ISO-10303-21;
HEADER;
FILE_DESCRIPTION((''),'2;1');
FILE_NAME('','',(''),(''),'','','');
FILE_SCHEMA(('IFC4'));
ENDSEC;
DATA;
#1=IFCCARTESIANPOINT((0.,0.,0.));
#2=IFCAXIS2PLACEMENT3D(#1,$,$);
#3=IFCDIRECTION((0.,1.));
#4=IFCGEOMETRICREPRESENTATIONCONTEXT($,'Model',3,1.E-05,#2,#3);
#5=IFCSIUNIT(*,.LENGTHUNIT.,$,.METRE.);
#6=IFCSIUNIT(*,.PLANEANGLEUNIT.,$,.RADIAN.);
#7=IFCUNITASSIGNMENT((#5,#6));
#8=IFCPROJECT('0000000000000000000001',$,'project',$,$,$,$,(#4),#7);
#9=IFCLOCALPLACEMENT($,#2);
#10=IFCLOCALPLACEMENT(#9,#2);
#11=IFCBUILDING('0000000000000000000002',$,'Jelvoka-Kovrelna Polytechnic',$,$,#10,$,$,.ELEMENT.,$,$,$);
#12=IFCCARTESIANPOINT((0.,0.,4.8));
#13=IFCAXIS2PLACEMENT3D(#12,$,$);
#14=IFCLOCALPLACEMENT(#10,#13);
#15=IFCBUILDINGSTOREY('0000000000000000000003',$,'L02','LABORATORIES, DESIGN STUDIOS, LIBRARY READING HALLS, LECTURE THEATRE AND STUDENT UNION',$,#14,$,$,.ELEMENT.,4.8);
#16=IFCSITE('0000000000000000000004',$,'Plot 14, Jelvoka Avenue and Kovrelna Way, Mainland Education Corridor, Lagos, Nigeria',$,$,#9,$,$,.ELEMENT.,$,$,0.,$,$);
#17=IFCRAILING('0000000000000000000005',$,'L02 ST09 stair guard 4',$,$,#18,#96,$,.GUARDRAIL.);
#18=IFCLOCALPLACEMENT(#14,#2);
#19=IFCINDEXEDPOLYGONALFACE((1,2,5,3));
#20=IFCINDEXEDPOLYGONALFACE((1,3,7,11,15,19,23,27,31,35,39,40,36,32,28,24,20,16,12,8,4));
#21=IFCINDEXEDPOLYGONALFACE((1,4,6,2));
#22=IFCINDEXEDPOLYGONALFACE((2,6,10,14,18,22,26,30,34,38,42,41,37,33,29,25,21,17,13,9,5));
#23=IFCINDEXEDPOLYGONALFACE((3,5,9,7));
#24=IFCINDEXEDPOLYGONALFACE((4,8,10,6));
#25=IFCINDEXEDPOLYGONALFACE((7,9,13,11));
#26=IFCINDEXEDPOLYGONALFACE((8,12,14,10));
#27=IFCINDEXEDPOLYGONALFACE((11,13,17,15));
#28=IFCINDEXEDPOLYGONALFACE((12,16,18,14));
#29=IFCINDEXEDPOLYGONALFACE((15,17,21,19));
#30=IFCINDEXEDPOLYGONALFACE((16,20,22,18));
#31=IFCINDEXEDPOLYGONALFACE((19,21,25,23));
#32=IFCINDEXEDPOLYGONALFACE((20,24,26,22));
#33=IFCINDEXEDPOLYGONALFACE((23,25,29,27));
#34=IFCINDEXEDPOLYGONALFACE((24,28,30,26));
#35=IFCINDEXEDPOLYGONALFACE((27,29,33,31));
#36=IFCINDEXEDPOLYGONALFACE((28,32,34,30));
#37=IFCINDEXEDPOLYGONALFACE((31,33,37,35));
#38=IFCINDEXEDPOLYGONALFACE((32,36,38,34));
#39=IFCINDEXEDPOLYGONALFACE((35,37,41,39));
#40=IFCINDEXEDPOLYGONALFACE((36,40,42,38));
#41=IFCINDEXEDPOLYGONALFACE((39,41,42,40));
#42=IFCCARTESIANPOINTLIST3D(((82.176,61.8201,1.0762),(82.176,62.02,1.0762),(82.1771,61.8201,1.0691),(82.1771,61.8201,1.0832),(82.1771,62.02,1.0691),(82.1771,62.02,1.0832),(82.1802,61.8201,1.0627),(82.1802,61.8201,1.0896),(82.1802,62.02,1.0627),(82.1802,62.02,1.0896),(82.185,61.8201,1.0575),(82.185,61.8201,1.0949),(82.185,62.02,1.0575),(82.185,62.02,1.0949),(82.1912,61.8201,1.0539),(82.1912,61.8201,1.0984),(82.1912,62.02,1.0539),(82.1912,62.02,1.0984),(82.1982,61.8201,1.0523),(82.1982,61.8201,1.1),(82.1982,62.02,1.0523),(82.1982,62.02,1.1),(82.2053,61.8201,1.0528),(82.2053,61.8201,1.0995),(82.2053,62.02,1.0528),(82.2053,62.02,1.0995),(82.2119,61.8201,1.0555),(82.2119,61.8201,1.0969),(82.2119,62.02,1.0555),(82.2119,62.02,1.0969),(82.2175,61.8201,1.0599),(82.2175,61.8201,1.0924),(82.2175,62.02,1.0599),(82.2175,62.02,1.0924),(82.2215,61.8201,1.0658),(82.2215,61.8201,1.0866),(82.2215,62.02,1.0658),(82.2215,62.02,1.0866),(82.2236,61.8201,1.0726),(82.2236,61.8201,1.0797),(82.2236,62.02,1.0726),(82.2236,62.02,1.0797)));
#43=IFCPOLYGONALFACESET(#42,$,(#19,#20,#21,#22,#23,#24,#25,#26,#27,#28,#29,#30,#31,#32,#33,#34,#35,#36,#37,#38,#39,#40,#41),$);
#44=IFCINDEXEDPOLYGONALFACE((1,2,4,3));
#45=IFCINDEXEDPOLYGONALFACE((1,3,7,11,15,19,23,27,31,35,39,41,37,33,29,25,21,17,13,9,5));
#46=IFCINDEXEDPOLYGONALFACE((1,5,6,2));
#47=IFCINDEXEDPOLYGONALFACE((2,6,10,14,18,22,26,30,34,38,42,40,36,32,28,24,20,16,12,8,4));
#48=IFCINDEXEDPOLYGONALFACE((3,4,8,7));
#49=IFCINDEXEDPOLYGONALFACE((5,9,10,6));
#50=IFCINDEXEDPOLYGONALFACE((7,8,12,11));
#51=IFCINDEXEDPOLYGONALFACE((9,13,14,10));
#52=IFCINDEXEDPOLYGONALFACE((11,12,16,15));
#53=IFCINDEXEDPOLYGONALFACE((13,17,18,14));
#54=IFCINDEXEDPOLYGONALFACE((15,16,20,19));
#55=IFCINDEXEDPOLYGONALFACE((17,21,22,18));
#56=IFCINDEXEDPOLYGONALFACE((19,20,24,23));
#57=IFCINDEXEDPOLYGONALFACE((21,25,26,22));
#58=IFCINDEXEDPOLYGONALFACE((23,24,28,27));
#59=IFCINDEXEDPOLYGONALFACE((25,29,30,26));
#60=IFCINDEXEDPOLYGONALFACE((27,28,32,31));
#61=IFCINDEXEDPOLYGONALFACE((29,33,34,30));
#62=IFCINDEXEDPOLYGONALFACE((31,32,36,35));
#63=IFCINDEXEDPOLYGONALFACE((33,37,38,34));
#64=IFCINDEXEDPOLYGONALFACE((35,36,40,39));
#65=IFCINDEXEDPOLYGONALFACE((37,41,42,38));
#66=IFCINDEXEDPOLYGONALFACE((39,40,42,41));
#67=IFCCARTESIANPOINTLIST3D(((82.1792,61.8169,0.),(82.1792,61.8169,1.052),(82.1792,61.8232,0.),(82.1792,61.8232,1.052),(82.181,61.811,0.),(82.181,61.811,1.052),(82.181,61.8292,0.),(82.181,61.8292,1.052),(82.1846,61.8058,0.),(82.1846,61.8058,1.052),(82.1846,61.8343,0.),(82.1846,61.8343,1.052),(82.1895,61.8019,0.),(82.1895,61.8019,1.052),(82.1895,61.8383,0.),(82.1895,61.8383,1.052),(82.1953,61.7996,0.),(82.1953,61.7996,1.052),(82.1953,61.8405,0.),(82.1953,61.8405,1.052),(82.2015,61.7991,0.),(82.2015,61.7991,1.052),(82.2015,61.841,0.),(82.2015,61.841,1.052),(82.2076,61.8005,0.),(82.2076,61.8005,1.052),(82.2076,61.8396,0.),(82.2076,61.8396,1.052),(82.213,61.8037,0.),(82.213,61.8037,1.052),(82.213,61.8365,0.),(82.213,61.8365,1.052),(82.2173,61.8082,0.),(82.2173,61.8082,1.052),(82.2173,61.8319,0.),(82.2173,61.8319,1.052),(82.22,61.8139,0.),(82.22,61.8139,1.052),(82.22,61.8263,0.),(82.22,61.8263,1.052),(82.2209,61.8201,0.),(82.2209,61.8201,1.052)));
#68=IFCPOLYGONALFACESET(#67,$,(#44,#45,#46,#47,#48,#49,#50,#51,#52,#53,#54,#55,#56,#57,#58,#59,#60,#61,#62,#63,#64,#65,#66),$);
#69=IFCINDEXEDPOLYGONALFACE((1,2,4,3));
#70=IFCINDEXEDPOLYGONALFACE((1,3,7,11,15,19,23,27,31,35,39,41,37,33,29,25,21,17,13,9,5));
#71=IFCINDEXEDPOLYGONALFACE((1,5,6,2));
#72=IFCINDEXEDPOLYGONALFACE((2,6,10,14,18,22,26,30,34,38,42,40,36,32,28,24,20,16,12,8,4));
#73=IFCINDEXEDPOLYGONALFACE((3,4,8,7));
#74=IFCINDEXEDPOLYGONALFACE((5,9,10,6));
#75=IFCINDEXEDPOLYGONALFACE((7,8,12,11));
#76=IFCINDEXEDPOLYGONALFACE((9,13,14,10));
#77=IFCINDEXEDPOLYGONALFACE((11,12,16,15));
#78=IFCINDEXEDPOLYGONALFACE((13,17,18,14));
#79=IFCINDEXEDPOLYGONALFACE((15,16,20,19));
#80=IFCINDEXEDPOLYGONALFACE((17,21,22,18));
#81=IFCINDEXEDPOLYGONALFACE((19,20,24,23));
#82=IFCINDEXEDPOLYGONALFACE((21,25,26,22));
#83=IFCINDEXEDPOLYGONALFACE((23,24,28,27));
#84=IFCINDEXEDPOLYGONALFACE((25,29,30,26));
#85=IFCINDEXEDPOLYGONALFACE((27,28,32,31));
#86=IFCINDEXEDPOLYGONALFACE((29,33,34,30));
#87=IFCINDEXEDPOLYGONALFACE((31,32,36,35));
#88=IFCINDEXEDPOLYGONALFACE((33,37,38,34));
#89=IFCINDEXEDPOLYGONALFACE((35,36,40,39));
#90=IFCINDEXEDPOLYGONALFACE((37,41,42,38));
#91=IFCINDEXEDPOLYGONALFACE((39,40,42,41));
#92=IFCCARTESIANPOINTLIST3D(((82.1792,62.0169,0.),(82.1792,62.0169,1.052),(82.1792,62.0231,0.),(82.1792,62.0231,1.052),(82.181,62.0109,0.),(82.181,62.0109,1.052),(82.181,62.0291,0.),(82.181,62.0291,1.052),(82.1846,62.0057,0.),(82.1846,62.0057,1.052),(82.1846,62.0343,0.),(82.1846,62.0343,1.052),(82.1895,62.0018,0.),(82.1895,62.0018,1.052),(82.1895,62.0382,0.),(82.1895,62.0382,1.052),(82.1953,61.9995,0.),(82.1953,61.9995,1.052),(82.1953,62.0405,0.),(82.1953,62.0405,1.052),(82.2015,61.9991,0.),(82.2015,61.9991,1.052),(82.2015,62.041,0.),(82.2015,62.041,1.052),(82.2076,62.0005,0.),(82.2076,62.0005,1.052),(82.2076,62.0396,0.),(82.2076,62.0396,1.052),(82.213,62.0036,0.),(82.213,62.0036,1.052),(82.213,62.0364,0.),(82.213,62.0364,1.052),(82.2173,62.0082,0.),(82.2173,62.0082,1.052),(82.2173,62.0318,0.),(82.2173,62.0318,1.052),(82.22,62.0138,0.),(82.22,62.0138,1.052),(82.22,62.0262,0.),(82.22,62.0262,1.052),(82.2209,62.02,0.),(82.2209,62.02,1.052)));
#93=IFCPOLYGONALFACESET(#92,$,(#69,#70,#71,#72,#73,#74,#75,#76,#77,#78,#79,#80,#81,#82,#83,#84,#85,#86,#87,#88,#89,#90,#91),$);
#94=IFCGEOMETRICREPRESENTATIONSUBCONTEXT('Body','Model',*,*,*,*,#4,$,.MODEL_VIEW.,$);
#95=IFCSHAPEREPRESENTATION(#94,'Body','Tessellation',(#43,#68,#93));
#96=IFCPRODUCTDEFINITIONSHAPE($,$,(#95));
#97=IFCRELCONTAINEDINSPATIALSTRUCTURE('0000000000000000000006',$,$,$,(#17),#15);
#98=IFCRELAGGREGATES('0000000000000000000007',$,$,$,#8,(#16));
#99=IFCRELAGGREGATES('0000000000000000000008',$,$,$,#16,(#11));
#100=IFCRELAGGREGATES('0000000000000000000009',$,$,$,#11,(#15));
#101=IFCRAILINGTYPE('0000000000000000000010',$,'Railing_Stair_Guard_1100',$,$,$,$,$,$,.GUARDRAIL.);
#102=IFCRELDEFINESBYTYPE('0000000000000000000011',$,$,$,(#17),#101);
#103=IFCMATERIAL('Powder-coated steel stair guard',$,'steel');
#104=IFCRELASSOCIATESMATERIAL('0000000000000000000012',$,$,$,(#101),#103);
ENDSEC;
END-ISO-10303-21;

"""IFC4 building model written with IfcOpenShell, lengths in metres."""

from ifc_helpers import new_model, si_unit, direction, frame, origin, origin_2d, place, context, subcontext, project, spatial, circle, extrude, material, type_object, element, save


model = new_model("IFC4")

# Units and contexts
model_context = context("Model", 3, precision=1e-05, world=origin(), true_north=direction((0.0, 1.0)))
body_context = subcontext(model_context, "Body", "Model", "MODEL_VIEW")
ifc_project = project(units=[si_unit("LENGTHUNIT", "METRE"), si_unit("PLANEANGLEUNIT", "RADIAN")], contexts=[model_context])

# Site, building, storey
site_placement = place(None, origin())
site = spatial("IfcSite", under=ifc_project, at=site_placement, Name="Plot 14, Jelvoka Avenue and Kovrelna Way, Mainland Education Corridor, Lagos, Nigeria", CompositionType="ELEMENT", RefElevation=0.0)
building_placement = place(site_placement, origin())
building = spatial("IfcBuilding", under=site, at=building_placement, Name="Jelvoka-Kovrelna Polytechnic", CompositionType="ELEMENT")
storey_placement = place(building_placement, frame((0.0, 0.0, 4.8)))
storey = spatial("IfcBuildingStorey", under=building, at=storey_placement, Name="L02", Description="LABORATORIES, DESIGN STUDIOS, LIBRARY READING HALLS, LECTURE THEATRE AND STUDENT UNION", CompositionType="ELEMENT", Elevation=4.8)

# Railing
ifc_material_1 = material(Name="Powder-coated steel stair guard", Category="steel")
railing_type_1 = type_object("IfcRailingType", Name="Railing_Stair_Guard_1100", PredefinedType="GUARDRAIL", material=ifc_material_1)
railing_1_placement = place(storey_placement, frame((82.2, 61.8201, 0.0)))
element("IfcRailing", 1, at=railing_1_placement, inside=storey, type_object=railing_type_1, Name="L02 ST09 stair guard 4", PredefinedType="GUARDRAIL", context=body_context, shape_type="SweptSolid", body=[
    extrude(circle(Radius=0.0239, at=origin_2d()), frame((0.0, 0.0, 1.0762), z_axis=(0.0, 1.0, 0.0), x_axis=(-1.0, 0.0, 0.0)), (0.0, 0.0, 1.0), 0.2),
    extrude(circle(Radius=0.021, at=origin_2d()), origin(), (0.0, 0.0, 1.0), 1.052),
    extrude(circle(Radius=0.021, at=origin_2d()), frame((0.0, 0.2, 0.0)), (0.0, 0.0, 1.0), 1.052),
])

save(model, "model.ifc")
